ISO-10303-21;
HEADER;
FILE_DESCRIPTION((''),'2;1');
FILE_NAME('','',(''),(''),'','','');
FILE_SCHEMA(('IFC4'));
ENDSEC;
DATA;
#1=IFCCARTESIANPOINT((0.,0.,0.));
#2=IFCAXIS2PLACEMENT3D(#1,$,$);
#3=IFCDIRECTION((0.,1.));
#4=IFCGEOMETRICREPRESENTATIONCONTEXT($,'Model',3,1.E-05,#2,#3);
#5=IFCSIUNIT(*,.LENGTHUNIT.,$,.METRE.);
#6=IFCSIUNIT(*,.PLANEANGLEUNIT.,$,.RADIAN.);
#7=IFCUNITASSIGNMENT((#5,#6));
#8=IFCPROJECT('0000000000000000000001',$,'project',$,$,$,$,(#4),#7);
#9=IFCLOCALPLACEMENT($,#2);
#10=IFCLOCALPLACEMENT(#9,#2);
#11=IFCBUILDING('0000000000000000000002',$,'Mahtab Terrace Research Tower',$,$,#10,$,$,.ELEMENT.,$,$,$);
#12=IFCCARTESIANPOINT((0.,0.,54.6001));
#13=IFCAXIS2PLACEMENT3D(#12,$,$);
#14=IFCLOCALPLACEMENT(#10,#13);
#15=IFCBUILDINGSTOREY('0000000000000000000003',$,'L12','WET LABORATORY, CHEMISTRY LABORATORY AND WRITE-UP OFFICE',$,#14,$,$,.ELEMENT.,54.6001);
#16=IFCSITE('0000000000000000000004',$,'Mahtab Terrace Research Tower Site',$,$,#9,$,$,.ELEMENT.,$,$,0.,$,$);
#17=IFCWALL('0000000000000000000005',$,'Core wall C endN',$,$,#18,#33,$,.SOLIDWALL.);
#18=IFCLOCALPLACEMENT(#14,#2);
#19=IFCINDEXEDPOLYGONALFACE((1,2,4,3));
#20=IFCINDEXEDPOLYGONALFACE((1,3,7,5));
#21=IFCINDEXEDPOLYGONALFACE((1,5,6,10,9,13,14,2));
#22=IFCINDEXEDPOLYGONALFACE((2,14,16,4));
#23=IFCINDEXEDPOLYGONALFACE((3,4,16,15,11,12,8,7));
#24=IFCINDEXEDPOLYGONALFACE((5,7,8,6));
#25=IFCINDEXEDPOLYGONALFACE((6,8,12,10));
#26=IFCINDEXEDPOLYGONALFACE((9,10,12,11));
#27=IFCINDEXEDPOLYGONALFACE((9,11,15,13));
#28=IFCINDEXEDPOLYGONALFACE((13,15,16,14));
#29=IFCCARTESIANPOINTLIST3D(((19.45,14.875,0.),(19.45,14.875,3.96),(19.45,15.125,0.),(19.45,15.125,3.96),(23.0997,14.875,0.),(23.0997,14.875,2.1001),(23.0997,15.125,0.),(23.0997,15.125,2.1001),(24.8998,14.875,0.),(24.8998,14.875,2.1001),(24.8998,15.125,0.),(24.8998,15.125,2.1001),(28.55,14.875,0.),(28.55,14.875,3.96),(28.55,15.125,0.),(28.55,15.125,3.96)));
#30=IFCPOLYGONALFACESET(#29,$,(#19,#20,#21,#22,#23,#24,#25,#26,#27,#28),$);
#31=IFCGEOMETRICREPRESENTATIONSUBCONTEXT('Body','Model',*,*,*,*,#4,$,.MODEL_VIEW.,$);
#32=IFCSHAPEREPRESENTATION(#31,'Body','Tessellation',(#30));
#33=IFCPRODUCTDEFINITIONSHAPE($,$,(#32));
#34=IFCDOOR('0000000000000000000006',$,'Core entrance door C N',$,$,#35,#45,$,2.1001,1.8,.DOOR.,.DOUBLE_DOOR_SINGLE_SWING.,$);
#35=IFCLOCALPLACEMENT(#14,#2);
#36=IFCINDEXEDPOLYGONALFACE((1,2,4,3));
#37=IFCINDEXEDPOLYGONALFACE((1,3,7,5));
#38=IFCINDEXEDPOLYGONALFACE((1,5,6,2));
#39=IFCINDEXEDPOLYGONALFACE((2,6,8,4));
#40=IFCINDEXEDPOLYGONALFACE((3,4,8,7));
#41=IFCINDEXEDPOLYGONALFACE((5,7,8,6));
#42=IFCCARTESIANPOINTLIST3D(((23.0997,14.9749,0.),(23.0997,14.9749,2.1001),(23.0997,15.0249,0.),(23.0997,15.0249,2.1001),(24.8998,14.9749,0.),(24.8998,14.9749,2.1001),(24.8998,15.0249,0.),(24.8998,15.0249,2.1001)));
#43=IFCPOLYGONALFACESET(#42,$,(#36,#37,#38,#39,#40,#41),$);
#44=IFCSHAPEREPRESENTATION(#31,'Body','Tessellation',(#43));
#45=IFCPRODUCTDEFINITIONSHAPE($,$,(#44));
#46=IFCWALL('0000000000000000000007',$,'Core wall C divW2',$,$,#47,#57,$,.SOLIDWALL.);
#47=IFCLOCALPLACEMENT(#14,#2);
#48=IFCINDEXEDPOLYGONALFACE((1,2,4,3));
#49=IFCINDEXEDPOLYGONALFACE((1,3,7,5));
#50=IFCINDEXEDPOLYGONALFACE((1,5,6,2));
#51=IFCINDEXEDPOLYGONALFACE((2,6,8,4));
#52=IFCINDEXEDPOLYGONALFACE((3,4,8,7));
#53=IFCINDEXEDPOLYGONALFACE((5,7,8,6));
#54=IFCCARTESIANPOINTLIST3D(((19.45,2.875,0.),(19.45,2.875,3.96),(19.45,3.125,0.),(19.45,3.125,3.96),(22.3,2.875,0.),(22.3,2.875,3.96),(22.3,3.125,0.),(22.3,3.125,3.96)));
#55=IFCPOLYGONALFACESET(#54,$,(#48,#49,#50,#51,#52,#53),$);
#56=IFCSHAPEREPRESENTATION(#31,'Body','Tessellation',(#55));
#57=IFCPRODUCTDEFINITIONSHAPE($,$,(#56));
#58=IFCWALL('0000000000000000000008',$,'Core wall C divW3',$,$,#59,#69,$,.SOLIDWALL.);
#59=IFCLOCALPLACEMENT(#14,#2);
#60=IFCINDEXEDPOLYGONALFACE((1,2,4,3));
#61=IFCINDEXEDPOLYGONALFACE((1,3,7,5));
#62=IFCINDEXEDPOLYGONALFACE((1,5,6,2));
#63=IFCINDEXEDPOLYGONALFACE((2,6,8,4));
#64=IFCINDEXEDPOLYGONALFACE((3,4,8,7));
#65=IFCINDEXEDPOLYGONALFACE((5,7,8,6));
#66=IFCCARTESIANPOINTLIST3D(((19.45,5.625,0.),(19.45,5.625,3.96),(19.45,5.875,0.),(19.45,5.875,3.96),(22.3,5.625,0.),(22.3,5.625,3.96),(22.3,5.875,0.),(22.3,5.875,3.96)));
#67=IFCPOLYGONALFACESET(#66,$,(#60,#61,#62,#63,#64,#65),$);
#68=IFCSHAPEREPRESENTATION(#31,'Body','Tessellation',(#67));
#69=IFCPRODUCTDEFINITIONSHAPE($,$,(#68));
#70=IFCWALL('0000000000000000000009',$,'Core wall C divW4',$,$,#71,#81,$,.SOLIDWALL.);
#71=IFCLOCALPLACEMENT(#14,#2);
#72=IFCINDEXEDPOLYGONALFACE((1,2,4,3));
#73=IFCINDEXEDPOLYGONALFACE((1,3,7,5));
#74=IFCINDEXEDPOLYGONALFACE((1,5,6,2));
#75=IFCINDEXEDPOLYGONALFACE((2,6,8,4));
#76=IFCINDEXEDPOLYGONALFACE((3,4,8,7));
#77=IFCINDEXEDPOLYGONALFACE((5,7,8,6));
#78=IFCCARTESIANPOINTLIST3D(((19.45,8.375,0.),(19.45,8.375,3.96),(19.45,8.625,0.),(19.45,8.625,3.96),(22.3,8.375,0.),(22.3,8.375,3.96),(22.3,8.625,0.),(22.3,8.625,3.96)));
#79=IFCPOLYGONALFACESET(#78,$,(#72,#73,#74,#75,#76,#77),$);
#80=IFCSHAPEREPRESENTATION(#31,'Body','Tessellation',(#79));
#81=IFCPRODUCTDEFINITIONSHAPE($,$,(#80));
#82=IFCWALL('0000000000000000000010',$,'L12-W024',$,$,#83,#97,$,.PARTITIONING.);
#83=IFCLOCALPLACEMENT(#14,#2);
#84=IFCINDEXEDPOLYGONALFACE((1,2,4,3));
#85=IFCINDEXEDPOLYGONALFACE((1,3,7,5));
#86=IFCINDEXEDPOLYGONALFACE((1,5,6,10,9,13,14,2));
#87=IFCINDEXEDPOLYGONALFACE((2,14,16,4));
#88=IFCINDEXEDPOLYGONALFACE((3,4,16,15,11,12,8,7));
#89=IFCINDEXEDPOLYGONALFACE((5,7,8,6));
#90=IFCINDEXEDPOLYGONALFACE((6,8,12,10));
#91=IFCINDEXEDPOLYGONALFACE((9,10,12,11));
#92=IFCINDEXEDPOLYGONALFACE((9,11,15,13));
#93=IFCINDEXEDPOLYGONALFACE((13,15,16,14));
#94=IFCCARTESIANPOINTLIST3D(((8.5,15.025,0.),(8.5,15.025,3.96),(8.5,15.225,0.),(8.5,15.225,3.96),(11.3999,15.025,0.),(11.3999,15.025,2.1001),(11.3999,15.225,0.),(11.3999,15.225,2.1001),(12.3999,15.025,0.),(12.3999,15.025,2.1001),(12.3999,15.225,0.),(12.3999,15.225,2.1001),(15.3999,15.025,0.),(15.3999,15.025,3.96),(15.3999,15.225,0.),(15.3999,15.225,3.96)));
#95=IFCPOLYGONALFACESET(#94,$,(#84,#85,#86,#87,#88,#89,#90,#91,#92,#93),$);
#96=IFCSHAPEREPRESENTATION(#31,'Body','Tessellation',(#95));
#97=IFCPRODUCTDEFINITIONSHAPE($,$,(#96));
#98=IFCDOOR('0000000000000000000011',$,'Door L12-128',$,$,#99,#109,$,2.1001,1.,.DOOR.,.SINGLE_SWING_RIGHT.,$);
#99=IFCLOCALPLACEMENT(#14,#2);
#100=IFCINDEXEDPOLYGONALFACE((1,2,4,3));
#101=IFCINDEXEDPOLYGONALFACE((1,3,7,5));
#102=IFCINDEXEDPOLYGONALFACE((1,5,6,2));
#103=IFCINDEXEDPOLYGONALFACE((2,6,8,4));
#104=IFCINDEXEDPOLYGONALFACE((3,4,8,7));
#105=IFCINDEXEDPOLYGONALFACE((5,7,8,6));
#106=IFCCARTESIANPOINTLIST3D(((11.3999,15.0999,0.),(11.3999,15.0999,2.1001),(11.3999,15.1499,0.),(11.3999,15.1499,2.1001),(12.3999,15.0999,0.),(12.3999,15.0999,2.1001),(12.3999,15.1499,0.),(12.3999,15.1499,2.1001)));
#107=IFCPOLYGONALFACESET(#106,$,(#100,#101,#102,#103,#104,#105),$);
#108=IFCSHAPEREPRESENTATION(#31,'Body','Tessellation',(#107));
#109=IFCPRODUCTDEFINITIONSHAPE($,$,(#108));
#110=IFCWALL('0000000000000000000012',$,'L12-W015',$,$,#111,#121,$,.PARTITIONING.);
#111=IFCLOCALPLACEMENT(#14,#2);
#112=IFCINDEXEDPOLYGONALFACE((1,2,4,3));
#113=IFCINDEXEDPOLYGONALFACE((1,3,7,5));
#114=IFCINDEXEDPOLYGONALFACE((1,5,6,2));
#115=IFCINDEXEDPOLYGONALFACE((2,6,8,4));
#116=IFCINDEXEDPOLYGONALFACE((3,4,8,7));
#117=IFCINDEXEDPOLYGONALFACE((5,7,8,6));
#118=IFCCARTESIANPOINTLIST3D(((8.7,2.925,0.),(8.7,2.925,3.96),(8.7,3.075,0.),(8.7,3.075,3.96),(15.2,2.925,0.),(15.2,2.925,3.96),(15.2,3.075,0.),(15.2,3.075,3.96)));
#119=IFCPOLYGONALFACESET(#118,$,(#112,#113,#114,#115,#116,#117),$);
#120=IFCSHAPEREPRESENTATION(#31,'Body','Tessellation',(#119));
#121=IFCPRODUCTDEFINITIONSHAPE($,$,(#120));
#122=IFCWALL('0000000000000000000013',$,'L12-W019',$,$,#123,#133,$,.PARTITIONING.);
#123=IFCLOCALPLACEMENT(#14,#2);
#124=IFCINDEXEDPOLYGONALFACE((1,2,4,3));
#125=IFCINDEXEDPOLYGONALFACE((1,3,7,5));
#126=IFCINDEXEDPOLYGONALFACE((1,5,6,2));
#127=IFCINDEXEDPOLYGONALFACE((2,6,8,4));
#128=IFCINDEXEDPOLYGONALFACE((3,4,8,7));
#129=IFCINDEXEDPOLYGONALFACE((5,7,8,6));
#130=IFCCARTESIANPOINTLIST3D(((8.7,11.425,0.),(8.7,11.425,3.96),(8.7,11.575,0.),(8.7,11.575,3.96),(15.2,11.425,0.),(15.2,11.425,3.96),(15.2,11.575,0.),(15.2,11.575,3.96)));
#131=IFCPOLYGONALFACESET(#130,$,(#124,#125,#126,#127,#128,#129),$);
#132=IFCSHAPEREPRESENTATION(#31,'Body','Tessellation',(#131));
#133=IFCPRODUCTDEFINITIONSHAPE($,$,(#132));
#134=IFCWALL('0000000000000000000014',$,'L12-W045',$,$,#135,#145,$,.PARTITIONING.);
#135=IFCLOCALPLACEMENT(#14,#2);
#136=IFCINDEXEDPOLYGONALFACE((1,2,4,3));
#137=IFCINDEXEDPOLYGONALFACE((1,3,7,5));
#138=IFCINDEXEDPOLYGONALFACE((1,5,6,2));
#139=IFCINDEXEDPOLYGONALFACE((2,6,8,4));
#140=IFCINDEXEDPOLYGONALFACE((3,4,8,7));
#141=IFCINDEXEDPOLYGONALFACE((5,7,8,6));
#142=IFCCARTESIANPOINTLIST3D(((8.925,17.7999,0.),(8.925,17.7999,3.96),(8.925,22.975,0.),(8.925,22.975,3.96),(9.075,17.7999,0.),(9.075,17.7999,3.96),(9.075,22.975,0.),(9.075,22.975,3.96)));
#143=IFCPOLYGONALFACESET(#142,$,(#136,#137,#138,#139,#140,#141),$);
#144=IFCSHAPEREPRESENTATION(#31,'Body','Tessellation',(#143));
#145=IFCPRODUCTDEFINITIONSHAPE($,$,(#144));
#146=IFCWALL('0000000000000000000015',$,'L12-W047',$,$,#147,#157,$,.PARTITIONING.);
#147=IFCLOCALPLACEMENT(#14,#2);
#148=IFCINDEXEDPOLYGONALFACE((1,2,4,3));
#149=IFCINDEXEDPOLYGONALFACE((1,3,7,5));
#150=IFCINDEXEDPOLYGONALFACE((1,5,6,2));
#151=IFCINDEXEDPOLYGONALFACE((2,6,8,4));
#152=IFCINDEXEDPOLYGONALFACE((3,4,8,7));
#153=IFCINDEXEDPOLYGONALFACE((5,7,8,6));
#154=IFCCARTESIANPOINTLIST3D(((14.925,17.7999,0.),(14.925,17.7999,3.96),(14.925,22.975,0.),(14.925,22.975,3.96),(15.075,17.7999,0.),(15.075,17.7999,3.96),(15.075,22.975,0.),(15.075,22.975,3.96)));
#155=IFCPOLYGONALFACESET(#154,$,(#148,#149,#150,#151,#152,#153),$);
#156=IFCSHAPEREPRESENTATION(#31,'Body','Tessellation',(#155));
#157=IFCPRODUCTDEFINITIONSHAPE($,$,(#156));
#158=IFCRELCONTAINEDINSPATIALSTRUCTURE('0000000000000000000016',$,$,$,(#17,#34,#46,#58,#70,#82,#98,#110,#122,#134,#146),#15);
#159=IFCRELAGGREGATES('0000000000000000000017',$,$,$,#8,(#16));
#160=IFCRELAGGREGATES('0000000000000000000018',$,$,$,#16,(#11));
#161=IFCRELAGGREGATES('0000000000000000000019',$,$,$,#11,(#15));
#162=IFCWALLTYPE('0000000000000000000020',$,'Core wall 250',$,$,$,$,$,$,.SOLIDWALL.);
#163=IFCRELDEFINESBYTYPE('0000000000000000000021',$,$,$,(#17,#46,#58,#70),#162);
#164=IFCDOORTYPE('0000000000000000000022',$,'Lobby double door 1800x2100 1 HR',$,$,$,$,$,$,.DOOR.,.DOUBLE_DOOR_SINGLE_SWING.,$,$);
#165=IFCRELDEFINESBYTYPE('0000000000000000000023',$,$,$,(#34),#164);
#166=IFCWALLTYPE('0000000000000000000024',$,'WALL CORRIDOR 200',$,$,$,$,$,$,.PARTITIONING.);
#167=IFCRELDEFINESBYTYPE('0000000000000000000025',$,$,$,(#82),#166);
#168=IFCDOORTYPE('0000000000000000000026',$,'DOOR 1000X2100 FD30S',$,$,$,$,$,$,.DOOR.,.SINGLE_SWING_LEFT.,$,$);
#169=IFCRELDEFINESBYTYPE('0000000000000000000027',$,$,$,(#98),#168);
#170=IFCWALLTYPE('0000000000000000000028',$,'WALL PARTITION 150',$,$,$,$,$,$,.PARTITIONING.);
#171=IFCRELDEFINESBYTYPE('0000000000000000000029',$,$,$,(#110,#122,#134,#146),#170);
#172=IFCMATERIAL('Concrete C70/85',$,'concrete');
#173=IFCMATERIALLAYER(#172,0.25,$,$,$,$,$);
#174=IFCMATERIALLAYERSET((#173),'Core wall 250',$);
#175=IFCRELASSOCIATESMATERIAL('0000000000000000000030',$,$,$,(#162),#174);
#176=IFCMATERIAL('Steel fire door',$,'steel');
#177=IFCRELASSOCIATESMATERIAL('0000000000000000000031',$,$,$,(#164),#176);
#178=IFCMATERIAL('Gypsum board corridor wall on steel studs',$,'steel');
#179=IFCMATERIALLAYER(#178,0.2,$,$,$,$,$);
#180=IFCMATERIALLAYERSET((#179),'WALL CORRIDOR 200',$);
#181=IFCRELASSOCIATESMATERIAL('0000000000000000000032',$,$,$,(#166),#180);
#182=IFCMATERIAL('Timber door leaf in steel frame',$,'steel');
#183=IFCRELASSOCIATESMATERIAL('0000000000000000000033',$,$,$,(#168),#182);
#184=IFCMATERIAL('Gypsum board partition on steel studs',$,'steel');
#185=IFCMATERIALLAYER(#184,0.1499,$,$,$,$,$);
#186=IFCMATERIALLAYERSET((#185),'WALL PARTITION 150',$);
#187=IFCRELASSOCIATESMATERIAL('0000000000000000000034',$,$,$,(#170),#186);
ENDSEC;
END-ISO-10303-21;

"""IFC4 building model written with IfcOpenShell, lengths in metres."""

from ifc_helpers import new_model, si_unit, direction, frame, frame_2d, origin, place, context, subcontext, project, spatial, rectangle, extrude, material, layer, layer_set, type_object, element, fill, save


model = new_model("IFC4")

# Units and contexts
model_context = context("Model", 3, precision=1e-05, world=origin(), true_north=direction((0.0, 1.0)))
body_context = subcontext(model_context, "Body", "Model", "MODEL_VIEW")
ifc_project = project(units=[si_unit("LENGTHUNIT", "METRE"), si_unit("PLANEANGLEUNIT", "RADIAN")], contexts=[model_context])

# Site, building, storey
site_placement = place(None, origin())
site = spatial("IfcSite", under=ifc_project, at=site_placement, Name="Mahtab Terrace Research Tower Site", CompositionType="ELEMENT", RefElevation=0.0)
building_placement = place(site_placement, origin())
building = spatial("IfcBuilding", under=site, at=building_placement, Name="Mahtab Terrace Research Tower", CompositionType="ELEMENT")
storey_placement = place(building_placement, frame((0.0, 0.0, 54.6001)))
storey = spatial("IfcBuildingStorey", under=building, at=storey_placement, Name="L12", Description="WET LABORATORY, CHEMISTRY LABORATORY AND WRITE-UP OFFICE", CompositionType="ELEMENT", Elevation=54.6001)

# Shared definitions
ifc_material_1 = material(Name="Concrete C70/85", Category="concrete")

# Shared definitions
ifc_layer_1 = layer(ifc_material_1, 0.25)
ifc_layer_set_1 = layer_set([ifc_layer_1], Name="Core wall 250")
wall_type_1 = type_object("IfcWallType", Name="Core wall 250", PredefinedType="SOLIDWALL", material=ifc_layer_set_1)

# Wall, opening, door
wall_1_placement = place(storey_placement, frame((19.45, 15.0, 0.0), z_axis=(0.0, 0.0, 1.0), x_axis=(1.0, 0.0, 0.0)))
wall_1 = element("IfcWall", 1, at=wall_1_placement, inside=storey, type_object=wall_type_1, Name="Core wall C endN", PredefinedType="SOLIDWALL", context=body_context, shape_type="SweptSolid", body=[
    extrude(rectangle(XDim=9.1001, YDim=0.25, at=frame_2d((4.55, 0.0))), origin(), (0.0, 0.0, 1.0), 3.96),
])
opening_1_placement = place(wall_1_placement, frame((3.6499, 0.0, 0.0)))
opening_1 = element("IfcOpeningElement", 2, at=opening_1_placement, cuts=wall_1, PredefinedType="OPENING", context=body_context, shape_type="SweptSolid", body=[
    extrude(rectangle(XDim=1.8, YDim=2.1001, at=frame_2d((0.8999, 1.05))), frame((0.0, 0.135, 0.0), z_axis=(0.0, -1.0, 0.0), x_axis=(1.0, 0.0, 0.0)), (0.0, 0.0, 1.0), 0.27),
])
ifc_material_2 = material(Name="Steel fire door", Category="steel")
door_type_1 = type_object("IfcDoorType", Name="Lobby double door 1800x2100 1 HR", OperationType="DOUBLE_DOOR_SINGLE_SWING", PredefinedType="DOOR", material=ifc_material_2)
door_1_placement = place(opening_1_placement, origin())
door_1 = element("IfcDoor", 3, at=door_1_placement, inside=storey, type_object=door_type_1, Name="Core entrance door C N", OperationType="DOUBLE_DOOR_SINGLE_SWING", OverallHeight=2.1001, OverallWidth=1.8, PredefinedType="DOOR", context=body_context, shape_type="SweptSolid", body=[
    extrude(rectangle(XDim=1.8, YDim=2.1001, at=frame_2d((0.8999, 1.05))), frame((0.0, 0.0249, 0.0), z_axis=(0.0, -1.0, 0.0), x_axis=(1.0, 0.0, 0.0)), (0.0, 0.0, 1.0), 0.05),
])
fill(opening_1, door_1)

# Walls
for number, where, z_axis, x_axis, name in (
    (4, (19.45, 3.0, 0.0), (0.0, 0.0, 1.0), (1.0, 0.0, 0.0), "Core wall C divW2"),
    (5, (19.45, 5.75, 0.0), (0.0, 0.0, 1.0), (1.0, 0.0, 0.0), "Core wall C divW3"),
    (6, (19.45, 8.5, 0.0), (0.0, 0.0, 1.0), (1.0, 0.0, 0.0), "Core wall C divW4"),
):
    element("IfcWall", number, at=place(storey_placement, frame(where, z_axis=z_axis, x_axis=x_axis)), inside=storey, type_object=wall_type_1, Name=name, PredefinedType="SOLIDWALL", context=body_context, shape_type="SweptSolid", body=[
        extrude(rectangle(XDim=2.8501, YDim=0.25, at=frame_2d((1.425, 0.0))), origin(), (0.0, 0.0, 1.0), 3.96),
    ])

# Wall, opening, door
ifc_material_3 = material(Name="Gypsum board corridor wall on steel studs", Category="steel")
ifc_layer_2 = layer(ifc_material_3, 0.2)
ifc_layer_set_2 = layer_set([ifc_layer_2], Name="WALL CORRIDOR 200")
wall_type_2 = type_object("IfcWallType", Name="WALL CORRIDOR 200", PredefinedType="PARTITIONING", material=ifc_layer_set_2)
wall_2_placement = place(storey_placement, frame((8.5, 15.125, 0.0), z_axis=(0.0, 0.0, 1.0), x_axis=(1.0, 0.0, 0.0)))
wall_2 = element("IfcWall", 7, at=wall_2_placement, inside=storey, type_object=wall_type_2, Name="L12-W024", PredefinedType="PARTITIONING", context=body_context, shape_type="SweptSolid", body=[
    extrude(rectangle(XDim=6.8999, YDim=0.2, at=frame_2d((3.45, 0.0))), origin(), (0.0, 0.0, 1.0), 3.96),
])
opening_2_placement = place(wall_2_placement, frame((2.8999, 0.0, 0.0)))
opening_2 = element("IfcOpeningElement", 8, at=opening_2_placement, cuts=wall_2, PredefinedType="OPENING", context=body_context, shape_type="SweptSolid", body=[
    extrude(rectangle(XDim=1.0, YDim=2.1001, at=frame_2d((0.5, 1.05))), frame((0.0, 0.1099, 0.0), z_axis=(0.0, -1.0, 0.0), x_axis=(1.0, 0.0, 0.0)), (0.0, 0.0, 1.0), 0.22),
])
ifc_material_4 = material(Name="Timber door leaf in steel frame", Category="steel")
door_type_2 = type_object("IfcDoorType", Name="DOOR 1000X2100 FD30S", OperationType="SINGLE_SWING_LEFT", PredefinedType="DOOR", material=ifc_material_4)
door_2_placement = place(opening_2_placement, origin())
door_2 = element("IfcDoor", 9, at=door_2_placement, inside=storey, type_object=door_type_2, Name="Door L12-128", OperationType="SINGLE_SWING_RIGHT", OverallHeight=2.1001, OverallWidth=1.0, PredefinedType="DOOR", context=body_context, shape_type="SweptSolid", body=[
    extrude(rectangle(XDim=1.0, YDim=2.1001, at=frame_2d((0.5, 1.05))), frame((0.0, 0.0249, 0.0), z_axis=(0.0, -1.0, 0.0), x_axis=(1.0, 0.0, 0.0)), (0.0, 0.0, 1.0), 0.05),
])
fill(opening_2, door_2)

# Walls
ifc_material_5 = material(Name="Gypsum board partition on steel studs", Category="steel")
ifc_layer_3 = layer(ifc_material_5, 0.1499)
ifc_layer_set_3 = layer_set([ifc_layer_3], Name="WALL PARTITION 150")
wall_type_3 = type_object("IfcWallType", Name="WALL PARTITION 150", PredefinedType="PARTITIONING", material=ifc_layer_set_3)
for number, where, z_axis, x_axis, name in (
    (10, (8.7, 3.0, 0.0), (0.0, 0.0, 1.0), (1.0, 0.0, 0.0), "L12-W015"),
    (11, (8.7, 11.5, 0.0), (0.0, 0.0, 1.0), (1.0, 0.0, 0.0), "L12-W019"),
):
    element("IfcWall", number, at=place(storey_placement, frame(where, z_axis=z_axis, x_axis=x_axis)), inside=storey, type_object=wall_type_3, Name=name, PredefinedType="PARTITIONING", context=body_context, shape_type="SweptSolid", body=[
        extrude(rectangle(XDim=6.5, YDim=0.1499, at=frame_2d((3.25, 0.0))), origin(), (0.0, 0.0, 1.0), 3.96),
    ])
for number, where, z_axis, x_axis, name in (
    (12, (9.0, 17.8, 0.0), (0.0, 0.0, 1.0), (0.0, 1.0, 0.0), "L12-W045"),
    (13, (15.0, 17.8, 0.0), (0.0, 0.0, 1.0), (0.0, 1.0, 0.0), "L12-W047"),
):
    element("IfcWall", number, at=place(storey_placement, frame(where, z_axis=z_axis, x_axis=x_axis)), inside=storey, type_object=wall_type_3, Name=name, PredefinedType="PARTITIONING", context=body_context, shape_type="SweptSolid", body=[
        extrude(rectangle(XDim=5.175, YDim=0.1499, at=frame_2d((2.5874, 0.0))), origin(), (0.0, 0.0, 1.0), 3.96),
    ])

save(model, "model.ifc")
